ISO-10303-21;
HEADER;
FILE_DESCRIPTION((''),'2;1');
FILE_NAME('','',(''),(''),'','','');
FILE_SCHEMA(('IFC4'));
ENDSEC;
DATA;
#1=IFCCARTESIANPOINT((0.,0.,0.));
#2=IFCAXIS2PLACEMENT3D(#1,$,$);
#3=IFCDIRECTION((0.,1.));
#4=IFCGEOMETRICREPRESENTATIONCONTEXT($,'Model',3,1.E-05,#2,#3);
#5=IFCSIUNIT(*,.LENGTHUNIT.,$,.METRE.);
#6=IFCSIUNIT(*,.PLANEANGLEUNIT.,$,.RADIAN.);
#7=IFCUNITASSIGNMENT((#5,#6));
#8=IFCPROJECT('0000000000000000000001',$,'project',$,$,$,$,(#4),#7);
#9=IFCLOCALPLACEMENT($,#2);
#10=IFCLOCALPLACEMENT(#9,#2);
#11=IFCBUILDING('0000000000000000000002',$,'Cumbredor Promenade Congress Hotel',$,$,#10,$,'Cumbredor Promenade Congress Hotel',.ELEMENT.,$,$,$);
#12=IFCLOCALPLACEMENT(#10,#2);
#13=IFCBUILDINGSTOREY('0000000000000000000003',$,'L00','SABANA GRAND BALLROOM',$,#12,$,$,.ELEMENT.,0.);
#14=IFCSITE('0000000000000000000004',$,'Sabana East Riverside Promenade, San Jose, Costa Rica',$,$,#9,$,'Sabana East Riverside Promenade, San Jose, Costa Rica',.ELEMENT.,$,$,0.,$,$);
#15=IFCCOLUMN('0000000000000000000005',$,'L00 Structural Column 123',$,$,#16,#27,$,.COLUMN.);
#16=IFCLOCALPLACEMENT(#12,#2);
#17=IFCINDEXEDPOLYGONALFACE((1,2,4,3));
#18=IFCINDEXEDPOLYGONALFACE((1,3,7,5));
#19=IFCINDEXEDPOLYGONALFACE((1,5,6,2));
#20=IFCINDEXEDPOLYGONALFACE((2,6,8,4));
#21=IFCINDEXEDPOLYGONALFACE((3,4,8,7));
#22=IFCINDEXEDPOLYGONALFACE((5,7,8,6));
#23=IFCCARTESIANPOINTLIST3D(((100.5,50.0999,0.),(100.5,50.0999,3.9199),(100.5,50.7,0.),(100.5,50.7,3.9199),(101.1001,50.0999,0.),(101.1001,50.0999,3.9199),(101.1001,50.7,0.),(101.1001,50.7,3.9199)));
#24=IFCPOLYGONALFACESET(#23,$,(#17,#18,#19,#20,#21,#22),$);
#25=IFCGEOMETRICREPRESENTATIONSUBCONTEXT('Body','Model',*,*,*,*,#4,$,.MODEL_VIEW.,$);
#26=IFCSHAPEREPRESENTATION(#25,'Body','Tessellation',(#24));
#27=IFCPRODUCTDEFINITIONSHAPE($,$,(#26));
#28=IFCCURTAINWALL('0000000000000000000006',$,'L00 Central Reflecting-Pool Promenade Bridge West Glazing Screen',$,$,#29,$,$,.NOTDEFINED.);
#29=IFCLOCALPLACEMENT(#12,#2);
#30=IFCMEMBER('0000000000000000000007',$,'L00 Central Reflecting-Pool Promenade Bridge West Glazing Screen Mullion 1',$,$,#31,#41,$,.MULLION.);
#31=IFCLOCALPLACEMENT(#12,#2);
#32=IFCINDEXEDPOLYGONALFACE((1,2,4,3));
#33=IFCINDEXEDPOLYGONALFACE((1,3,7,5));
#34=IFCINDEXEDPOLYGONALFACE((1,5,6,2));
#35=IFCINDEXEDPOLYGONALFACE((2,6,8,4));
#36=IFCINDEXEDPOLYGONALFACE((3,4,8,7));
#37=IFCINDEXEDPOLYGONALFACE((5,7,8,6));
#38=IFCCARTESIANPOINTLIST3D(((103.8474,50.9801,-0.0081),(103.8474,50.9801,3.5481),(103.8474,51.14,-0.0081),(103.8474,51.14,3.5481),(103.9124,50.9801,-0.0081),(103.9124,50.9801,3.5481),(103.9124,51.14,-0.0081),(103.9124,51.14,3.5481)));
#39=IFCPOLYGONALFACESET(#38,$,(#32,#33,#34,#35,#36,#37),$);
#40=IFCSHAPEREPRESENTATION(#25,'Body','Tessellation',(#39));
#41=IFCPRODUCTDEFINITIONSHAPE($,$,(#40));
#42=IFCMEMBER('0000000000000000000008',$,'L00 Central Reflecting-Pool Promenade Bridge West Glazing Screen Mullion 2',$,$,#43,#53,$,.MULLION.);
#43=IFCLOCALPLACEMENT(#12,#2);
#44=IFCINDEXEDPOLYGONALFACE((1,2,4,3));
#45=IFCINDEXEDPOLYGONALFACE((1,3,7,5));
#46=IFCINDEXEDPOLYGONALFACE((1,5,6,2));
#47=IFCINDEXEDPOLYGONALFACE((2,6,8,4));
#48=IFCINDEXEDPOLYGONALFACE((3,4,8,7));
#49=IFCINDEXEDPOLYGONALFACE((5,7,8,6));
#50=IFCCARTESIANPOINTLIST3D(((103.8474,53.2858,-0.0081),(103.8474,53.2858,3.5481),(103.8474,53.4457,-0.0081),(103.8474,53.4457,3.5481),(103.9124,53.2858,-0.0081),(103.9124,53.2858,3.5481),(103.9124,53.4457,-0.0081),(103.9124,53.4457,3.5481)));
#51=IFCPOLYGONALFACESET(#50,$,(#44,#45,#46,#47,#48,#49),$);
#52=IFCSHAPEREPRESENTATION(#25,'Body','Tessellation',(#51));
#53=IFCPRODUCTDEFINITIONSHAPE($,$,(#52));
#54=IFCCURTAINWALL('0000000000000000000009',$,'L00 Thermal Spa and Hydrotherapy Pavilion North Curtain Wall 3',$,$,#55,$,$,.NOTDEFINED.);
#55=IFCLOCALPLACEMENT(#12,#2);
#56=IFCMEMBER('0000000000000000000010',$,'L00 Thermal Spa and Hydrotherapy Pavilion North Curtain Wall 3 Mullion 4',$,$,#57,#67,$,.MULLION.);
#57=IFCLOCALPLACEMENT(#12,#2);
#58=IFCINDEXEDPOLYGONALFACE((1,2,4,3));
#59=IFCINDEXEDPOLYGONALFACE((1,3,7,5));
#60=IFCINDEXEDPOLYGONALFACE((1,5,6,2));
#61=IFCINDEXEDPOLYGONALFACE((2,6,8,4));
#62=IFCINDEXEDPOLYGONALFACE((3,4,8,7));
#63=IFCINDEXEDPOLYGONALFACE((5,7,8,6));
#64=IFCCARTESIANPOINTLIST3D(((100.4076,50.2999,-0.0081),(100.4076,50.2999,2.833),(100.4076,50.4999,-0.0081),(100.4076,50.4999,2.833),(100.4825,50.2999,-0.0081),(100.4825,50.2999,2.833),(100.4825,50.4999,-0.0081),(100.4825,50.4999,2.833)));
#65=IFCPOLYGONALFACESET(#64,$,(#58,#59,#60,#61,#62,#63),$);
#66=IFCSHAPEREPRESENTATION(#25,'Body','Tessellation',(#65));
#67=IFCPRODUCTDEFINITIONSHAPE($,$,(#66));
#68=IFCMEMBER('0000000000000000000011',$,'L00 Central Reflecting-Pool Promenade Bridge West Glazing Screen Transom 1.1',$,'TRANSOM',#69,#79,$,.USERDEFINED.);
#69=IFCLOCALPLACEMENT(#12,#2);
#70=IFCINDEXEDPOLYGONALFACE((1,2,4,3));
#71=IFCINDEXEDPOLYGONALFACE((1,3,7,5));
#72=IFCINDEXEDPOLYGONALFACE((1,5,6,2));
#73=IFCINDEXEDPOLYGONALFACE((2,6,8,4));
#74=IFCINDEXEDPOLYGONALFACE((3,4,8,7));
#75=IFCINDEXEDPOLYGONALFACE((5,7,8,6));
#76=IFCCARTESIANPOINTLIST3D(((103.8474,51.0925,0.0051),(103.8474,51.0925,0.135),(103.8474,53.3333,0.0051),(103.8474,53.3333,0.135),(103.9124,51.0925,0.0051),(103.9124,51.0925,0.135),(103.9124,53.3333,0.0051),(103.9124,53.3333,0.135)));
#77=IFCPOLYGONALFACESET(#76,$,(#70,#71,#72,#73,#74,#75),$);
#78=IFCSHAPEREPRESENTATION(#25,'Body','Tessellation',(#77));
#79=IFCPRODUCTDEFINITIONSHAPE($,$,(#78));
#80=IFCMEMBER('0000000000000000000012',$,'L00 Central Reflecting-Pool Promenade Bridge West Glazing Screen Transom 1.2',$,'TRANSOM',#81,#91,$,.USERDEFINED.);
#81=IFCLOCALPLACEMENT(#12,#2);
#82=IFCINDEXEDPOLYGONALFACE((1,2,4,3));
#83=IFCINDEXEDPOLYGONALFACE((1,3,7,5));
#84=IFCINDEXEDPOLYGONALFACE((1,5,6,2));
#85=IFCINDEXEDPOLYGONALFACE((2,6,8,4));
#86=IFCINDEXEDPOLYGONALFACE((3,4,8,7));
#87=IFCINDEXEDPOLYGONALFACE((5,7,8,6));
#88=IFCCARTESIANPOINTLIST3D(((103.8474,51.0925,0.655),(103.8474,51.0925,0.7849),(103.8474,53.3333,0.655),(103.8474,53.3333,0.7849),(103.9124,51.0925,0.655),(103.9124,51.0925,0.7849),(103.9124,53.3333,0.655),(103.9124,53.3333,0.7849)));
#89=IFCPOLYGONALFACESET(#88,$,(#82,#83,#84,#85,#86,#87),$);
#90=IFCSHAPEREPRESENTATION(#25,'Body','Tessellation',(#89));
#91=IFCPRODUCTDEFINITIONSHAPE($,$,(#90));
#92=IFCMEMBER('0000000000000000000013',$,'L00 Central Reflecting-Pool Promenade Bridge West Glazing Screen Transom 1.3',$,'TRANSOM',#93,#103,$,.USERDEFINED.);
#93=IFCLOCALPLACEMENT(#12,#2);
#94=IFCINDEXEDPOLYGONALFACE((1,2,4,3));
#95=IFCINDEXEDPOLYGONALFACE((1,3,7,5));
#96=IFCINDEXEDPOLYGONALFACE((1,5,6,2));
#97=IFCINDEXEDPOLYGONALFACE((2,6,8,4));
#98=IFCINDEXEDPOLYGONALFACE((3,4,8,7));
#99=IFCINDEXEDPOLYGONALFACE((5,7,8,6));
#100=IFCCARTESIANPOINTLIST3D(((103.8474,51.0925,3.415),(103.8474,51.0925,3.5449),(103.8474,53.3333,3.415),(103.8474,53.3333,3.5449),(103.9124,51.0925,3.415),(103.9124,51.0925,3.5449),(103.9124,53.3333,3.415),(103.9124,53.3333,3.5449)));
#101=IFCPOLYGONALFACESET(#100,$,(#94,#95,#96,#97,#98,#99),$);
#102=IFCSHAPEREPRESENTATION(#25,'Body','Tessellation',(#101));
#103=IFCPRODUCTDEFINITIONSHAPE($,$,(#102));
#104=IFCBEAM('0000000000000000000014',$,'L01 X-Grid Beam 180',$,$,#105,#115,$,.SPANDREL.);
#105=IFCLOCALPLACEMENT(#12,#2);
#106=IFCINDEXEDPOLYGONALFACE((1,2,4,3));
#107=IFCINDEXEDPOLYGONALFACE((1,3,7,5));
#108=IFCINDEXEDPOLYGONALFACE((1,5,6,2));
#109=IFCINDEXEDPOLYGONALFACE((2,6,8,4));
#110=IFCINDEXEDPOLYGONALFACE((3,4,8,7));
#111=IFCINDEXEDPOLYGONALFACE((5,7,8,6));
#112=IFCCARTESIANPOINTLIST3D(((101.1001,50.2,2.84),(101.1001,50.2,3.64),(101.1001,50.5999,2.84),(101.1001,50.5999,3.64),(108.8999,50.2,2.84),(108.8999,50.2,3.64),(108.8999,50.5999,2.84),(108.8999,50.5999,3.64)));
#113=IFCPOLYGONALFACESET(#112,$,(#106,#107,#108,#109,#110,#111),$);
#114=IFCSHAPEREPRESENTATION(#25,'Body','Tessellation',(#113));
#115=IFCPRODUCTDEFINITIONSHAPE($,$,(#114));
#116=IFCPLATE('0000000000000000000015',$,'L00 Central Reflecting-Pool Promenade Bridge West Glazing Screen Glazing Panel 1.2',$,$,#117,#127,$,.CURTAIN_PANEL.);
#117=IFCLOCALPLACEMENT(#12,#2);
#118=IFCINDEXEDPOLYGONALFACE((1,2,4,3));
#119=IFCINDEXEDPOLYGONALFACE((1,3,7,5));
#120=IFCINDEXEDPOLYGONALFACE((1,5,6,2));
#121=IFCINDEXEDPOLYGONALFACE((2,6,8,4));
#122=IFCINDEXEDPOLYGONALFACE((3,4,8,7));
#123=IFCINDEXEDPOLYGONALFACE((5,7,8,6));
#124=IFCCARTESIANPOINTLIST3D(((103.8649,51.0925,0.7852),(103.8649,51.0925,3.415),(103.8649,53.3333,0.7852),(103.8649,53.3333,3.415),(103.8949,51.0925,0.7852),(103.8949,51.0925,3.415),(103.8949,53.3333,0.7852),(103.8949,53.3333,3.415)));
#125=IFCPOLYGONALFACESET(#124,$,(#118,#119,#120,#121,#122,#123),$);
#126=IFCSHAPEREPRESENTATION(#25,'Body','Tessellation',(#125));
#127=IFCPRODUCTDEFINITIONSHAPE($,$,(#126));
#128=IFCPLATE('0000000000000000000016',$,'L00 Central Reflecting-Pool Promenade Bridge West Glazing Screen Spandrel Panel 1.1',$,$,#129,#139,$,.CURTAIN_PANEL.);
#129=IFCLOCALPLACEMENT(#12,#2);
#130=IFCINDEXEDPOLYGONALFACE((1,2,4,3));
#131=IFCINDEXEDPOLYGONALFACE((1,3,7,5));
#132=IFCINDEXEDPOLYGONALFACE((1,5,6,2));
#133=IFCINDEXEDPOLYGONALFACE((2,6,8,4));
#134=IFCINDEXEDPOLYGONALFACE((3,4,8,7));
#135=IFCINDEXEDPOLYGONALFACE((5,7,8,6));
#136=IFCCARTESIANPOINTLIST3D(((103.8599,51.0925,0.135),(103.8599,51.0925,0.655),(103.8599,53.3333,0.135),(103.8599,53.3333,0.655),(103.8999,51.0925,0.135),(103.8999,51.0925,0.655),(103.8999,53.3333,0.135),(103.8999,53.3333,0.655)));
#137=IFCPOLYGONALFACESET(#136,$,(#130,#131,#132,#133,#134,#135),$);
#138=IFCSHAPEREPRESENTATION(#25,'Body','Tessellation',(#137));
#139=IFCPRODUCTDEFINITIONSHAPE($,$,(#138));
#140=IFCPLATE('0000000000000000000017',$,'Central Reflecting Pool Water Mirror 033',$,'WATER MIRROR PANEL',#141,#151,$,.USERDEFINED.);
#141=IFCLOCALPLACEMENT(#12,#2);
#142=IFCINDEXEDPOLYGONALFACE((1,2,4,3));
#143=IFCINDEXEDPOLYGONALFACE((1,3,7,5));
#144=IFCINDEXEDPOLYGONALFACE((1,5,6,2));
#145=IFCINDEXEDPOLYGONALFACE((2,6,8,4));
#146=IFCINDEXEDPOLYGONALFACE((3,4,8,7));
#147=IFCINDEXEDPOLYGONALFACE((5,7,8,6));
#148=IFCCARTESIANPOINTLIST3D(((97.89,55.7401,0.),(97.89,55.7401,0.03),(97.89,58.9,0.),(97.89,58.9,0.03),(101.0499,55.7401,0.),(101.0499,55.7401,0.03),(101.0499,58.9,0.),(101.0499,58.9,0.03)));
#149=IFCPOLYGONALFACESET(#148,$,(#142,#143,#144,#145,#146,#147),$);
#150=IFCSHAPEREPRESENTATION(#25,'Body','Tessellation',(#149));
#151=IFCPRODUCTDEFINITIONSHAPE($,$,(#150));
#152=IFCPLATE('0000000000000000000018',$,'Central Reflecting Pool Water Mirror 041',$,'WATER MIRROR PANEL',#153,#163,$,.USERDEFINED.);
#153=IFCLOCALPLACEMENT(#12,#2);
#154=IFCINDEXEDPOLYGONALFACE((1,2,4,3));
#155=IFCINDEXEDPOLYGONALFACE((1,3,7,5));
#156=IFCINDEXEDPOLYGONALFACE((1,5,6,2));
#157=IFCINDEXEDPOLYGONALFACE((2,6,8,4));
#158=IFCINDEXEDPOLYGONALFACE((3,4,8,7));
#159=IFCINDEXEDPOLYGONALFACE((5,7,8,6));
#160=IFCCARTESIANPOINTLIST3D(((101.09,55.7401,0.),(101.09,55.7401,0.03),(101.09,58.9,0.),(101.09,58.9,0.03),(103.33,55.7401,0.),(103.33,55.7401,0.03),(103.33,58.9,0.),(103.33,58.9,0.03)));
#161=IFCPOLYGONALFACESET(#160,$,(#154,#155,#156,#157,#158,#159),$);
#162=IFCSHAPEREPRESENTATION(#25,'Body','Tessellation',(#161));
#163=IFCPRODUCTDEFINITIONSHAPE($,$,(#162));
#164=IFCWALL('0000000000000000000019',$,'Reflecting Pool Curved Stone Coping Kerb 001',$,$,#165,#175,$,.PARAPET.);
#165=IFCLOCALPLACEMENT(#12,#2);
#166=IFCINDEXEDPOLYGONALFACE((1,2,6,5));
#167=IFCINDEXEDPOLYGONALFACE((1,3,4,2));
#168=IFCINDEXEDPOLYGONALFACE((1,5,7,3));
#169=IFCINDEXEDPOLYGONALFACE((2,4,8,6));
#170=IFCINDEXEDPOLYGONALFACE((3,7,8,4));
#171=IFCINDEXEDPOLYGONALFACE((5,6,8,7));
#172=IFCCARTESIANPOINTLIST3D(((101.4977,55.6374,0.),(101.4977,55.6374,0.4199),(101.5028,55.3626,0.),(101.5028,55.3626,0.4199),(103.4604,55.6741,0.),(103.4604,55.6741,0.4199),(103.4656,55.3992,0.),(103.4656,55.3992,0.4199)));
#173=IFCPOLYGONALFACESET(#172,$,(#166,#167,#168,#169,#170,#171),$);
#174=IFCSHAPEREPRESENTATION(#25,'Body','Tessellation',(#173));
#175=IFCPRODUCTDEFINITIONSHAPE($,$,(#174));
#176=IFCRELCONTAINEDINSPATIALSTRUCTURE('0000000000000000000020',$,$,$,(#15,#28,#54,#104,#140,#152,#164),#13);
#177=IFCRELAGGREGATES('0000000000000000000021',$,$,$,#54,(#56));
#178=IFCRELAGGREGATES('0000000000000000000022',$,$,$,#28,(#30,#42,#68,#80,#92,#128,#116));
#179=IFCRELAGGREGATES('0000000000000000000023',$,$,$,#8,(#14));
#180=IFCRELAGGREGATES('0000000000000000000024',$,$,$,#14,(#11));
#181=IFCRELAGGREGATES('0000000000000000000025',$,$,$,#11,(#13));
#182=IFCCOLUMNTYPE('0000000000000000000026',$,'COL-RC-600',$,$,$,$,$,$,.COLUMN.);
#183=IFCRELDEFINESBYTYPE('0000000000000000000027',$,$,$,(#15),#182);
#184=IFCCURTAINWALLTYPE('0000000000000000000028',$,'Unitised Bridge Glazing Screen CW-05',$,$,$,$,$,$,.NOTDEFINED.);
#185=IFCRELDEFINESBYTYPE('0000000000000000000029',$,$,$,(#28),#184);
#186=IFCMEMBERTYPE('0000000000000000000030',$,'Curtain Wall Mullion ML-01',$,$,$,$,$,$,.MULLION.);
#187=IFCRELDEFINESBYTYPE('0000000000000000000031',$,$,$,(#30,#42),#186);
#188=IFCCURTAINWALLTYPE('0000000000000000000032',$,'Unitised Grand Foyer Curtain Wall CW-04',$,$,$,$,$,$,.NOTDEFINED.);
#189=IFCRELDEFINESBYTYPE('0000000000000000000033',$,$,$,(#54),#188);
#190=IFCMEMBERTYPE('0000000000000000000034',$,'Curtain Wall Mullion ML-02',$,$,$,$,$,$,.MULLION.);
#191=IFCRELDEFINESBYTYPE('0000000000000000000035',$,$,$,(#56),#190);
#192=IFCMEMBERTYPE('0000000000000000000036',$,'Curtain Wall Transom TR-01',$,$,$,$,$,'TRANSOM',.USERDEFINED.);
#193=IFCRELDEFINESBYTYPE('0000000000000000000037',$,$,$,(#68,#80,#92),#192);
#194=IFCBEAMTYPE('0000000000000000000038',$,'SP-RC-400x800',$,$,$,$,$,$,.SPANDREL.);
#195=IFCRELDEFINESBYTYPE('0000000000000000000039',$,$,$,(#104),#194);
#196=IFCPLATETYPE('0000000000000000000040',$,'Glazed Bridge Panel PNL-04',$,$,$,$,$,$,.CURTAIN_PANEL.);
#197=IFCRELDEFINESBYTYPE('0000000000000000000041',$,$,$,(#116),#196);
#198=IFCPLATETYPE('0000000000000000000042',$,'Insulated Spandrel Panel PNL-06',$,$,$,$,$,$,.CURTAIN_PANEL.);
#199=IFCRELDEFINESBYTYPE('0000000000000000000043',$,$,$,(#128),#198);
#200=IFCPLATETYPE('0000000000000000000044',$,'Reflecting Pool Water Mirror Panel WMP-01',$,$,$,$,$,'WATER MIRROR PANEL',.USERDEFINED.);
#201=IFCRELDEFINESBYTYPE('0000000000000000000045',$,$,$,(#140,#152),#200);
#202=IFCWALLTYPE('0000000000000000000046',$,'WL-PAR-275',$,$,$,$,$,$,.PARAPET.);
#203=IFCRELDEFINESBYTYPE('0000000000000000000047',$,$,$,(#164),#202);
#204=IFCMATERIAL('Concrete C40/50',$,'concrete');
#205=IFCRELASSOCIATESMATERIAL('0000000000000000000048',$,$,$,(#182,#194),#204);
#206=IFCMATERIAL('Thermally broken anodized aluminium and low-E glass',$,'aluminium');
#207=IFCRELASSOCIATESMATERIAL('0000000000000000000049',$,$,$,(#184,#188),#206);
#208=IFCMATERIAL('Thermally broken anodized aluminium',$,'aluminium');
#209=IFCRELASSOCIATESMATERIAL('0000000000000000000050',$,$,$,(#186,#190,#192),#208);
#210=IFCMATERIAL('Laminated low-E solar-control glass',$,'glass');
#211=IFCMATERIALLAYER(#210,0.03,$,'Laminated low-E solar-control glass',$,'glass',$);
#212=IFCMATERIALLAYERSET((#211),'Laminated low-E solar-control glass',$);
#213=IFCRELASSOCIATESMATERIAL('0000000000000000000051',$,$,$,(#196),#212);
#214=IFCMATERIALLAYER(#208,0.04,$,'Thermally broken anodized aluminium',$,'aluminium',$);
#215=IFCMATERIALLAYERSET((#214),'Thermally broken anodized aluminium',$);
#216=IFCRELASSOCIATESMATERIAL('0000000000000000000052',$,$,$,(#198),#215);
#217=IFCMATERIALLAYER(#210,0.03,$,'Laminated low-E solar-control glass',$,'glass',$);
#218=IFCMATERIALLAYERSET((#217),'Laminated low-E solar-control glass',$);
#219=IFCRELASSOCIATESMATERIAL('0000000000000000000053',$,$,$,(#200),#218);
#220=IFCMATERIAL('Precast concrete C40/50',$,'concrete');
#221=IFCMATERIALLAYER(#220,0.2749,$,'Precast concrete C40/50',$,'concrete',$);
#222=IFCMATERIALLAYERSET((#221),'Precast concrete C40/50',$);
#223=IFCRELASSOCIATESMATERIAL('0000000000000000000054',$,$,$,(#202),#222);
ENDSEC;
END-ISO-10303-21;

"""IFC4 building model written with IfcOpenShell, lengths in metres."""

from ifc_helpers import new_model, si_unit, direction, frame, frame_2d, origin, origin_2d, place, context, subcontext, project, spatial, rectangle, extrude, material, layer, layer_set, material_profile, profile_set, type_object, element, aggregate, save


model = new_model("IFC4")

# Units and contexts
model_context = context("Model", 3, precision=1e-05, world=origin(), true_north=direction((0.0, 1.0)))
body_context = subcontext(model_context, "Body", "Model", "MODEL_VIEW")
ifc_project = project(units=[si_unit("LENGTHUNIT", "METRE"), si_unit("PLANEANGLEUNIT", "RADIAN")], contexts=[model_context])

# Site, building, storey
site_placement = place(None, origin())
site = spatial("IfcSite", under=ifc_project, at=site_placement, Name="Sabana East Riverside Promenade, San Jose, Costa Rica", LongName="Sabana East Riverside Promenade, San Jose, Costa Rica", CompositionType="ELEMENT", RefElevation=0.0)
building_placement = place(site_placement, origin())
building = spatial("IfcBuilding", under=site, at=building_placement, Name="Cumbredor Promenade Congress Hotel", LongName="Cumbredor Promenade Congress Hotel", CompositionType="ELEMENT")
storey_placement = place(building_placement, origin())
storey = spatial("IfcBuildingStorey", under=building, at=storey_placement, Name="L00", Description="SABANA GRAND BALLROOM", CompositionType="ELEMENT", Elevation=0.0)

# Column
ifc_material_1 = material(Name="Concrete C40/50", Category="concrete")
ifc_material_profile_1 = material_profile(ifc_material_1, rectangle(XDim=0.6001, YDim=0.6001, at=origin_2d()), Name="RC 600x600")
ifc_profile_set_1 = profile_set([ifc_material_profile_1], Name="Concrete C40/50")
column_type = type_object("IfcColumnType", Name="COL-RC-600", PredefinedType="COLUMN", material=ifc_profile_set_1)
column_placement = place(storey_placement, frame((100.8, 50.3999, 0.0), z_axis=(0.0, 0.0, 1.0), x_axis=(1.0, 0.0, 0.0)))
element("IfcColumn", 1, at=column_placement, inside=storey, type_object=column_type, Name="L00 Structural Column 123", PredefinedType="COLUMN", context=body_context, shape_type="SweptSolid", body=[
    extrude(rectangle(XDim=0.6001, YDim=0.6001, at=origin_2d()), origin(), (0.0, 0.0, 1.0), 3.9199),
])

# Curtain wall, members
ifc_material_2 = material(Name="Thermally broken anodized aluminium and low-E glass", Category="aluminium")
curtain_wall_type_1 = type_object("IfcCurtainWallType", Name="Unitised Bridge Glazing Screen CW-05", PredefinedType="NOTDEFINED", material=ifc_material_2)
curtain_wall_1_placement = place(storey_placement, origin())
curtain_wall_1 = element("IfcCurtainWall", 2, at=curtain_wall_1_placement, inside=storey, type_object=curtain_wall_type_1, Name="L00 Central Reflecting-Pool Promenade Bridge West Glazing Screen", PredefinedType="NOTDEFINED")
ifc_material_3 = material(Name="Thermally broken anodized aluminium", Category="aluminium")
ifc_material_profile_2 = material_profile(ifc_material_3, rectangle(XDim=0.0649, YDim=0.1599, at=origin_2d()), Name="ALU MULLION 65x160")
ifc_profile_set_2 = profile_set([ifc_material_profile_2], Name="Thermally broken anodized aluminium")
member_type_1 = type_object("IfcMemberType", Name="Curtain Wall Mullion ML-01", PredefinedType="MULLION", material=ifc_profile_set_2)
member_1_placement = place(storey_placement, frame((103.8799, 51.0601, -0.0081), z_axis=(0.0, 0.0, 1.0), x_axis=(1.0, 0.0, 0.0)))
member_1 = element("IfcMember", 3, at=member_1_placement, type_object=member_type_1, Name="L00 Central Reflecting-Pool Promenade Bridge West Glazing Screen Mullion 1", PredefinedType="MULLION", context=body_context, shape_type="SweptSolid", body=[
    extrude(rectangle(XDim=0.0649, YDim=0.1599, at=origin_2d()), origin(), (0.0, 0.0, 1.0), 3.5562),
])
member_2_placement = place(storey_placement, frame((103.8799, 53.3657, -0.0081), z_axis=(0.0, 0.0, 1.0), x_axis=(1.0, 0.0, 0.0)))
member_2 = element("IfcMember", 4, at=member_2_placement, type_object=member_type_1, Name="L00 Central Reflecting-Pool Promenade Bridge West Glazing Screen Mullion 2", PredefinedType="MULLION", context=body_context, shape_type="SweptSolid", body=[
    extrude(rectangle(XDim=0.0649, YDim=0.1599, at=origin_2d()), origin(), (0.0, 0.0, 1.0), 3.5562),
])

# Curtain wall, member
curtain_wall_type_2 = type_object("IfcCurtainWallType", Name="Unitised Grand Foyer Curtain Wall CW-04", PredefinedType="NOTDEFINED", material=ifc_material_2)
curtain_wall_2_placement = place(storey_placement, origin())
curtain_wall_2 = element("IfcCurtainWall", 5, at=curtain_wall_2_placement, inside=storey, type_object=curtain_wall_type_2, Name="L00 Thermal Spa and Hydrotherapy Pavilion North Curtain Wall 3", PredefinedType="NOTDEFINED")
ifc_material_profile_3 = material_profile(ifc_material_3, rectangle(XDim=0.075, YDim=0.2, at=origin_2d()), Name="ALU MULLION 75x200")
ifc_profile_set_3 = profile_set([ifc_material_profile_3], Name="Thermally broken anodized aluminium")
member_type_2 = type_object("IfcMemberType", Name="Curtain Wall Mullion ML-02", PredefinedType="MULLION", material=ifc_profile_set_3)
member_3_placement = place(storey_placement, frame((100.4451, 50.3999, -0.0081), z_axis=(0.0, 0.0, 1.0), x_axis=(1.0, 0.0, 0.0)))
member_3 = element("IfcMember", 6, at=member_3_placement, type_object=member_type_2, Name="L00 Thermal Spa and Hydrotherapy Pavilion North Curtain Wall 3 Mullion 4", PredefinedType="MULLION", context=body_context, shape_type="SweptSolid", body=[
    extrude(rectangle(XDim=0.075, YDim=0.2, at=origin_2d()), origin(), (0.0, 0.0, 1.0), 2.8411),
])
aggregate(curtain_wall_2, [member_3])

# Members
ifc_material_profile_4 = material_profile(ifc_material_3, rectangle(XDim=0.0649, YDim=0.1299, at=origin_2d()), Name="ALU TRANSOM 65x130")
ifc_profile_set_4 = profile_set([ifc_material_profile_4], Name="Thermally broken anodized aluminium")
member_type_3 = type_object("IfcMemberType", Name="Curtain Wall Transom TR-01", ElementType="TRANSOM", PredefinedType="USERDEFINED", material=ifc_profile_set_4)
member_4_placement = place(storey_placement, frame((103.8799, 51.0925, 0.0701), z_axis=(0.0, 1.0, 0.0), x_axis=(-1.0, 0.0, 0.0)))
member_4 = element("IfcMember", 7, at=member_4_placement, type_object=member_type_3, Name="L00 Central Reflecting-Pool Promenade Bridge West Glazing Screen Transom 1.1", ObjectType="TRANSOM", PredefinedType="USERDEFINED", context=body_context, shape_type="SweptSolid", body=[
    extrude(rectangle(XDim=0.0649, YDim=0.1299, at=origin_2d()), origin(), (0.0, 0.0, 1.0), 2.2407),
])
member_5_placement = place(storey_placement, frame((103.8799, 51.0925, 0.72), z_axis=(0.0, 1.0, 0.0), x_axis=(-1.0, 0.0, 0.0)))
member_5 = element("IfcMember", 8, at=member_5_placement, type_object=member_type_3, Name="L00 Central Reflecting-Pool Promenade Bridge West Glazing Screen Transom 1.2", ObjectType="TRANSOM", PredefinedType="USERDEFINED", context=body_context, shape_type="SweptSolid", body=[
    extrude(rectangle(XDim=0.0649, YDim=0.1299, at=origin_2d()), origin(), (0.0, 0.0, 1.0), 2.2407),
])
member_6_placement = place(storey_placement, frame((103.8799, 51.0925, 3.48), z_axis=(0.0, 1.0, 0.0), x_axis=(-1.0, 0.0, 0.0)))
member_6 = element("IfcMember", 9, at=member_6_placement, type_object=member_type_3, Name="L00 Central Reflecting-Pool Promenade Bridge West Glazing Screen Transom 1.3", ObjectType="TRANSOM", PredefinedType="USERDEFINED", context=body_context, shape_type="SweptSolid", body=[
    extrude(rectangle(XDim=0.0649, YDim=0.1299, at=origin_2d()), origin(), (0.0, 0.0, 1.0), 2.2407),
])

# Beam
ifc_material_profile_5 = material_profile(ifc_material_1, rectangle(XDim=0.3999, YDim=0.8, at=origin_2d()), Name="RC SPANDREL 400x800")
ifc_profile_set_5 = profile_set([ifc_material_profile_5], Name="Concrete C40/50")
beam_type = type_object("IfcBeamType", Name="SP-RC-400x800", PredefinedType="SPANDREL", material=ifc_profile_set_5)
beam_placement = place(storey_placement, frame((101.1001, 50.3999, 3.24), z_axis=(1.0, 0.0, 0.0), x_axis=(0.0, 1.0, 0.0)))
element("IfcBeam", 10, at=beam_placement, inside=storey, type_object=beam_type, Name="L01 X-Grid Beam 180", PredefinedType="SPANDREL", context=body_context, shape_type="SweptSolid", body=[
    extrude(rectangle(XDim=0.3999, YDim=0.8, at=origin_2d()), origin(), (0.0, 0.0, 1.0), 7.7998),
])

# Plates
ifc_material_4 = material(Name="Laminated low-E solar-control glass", Category="glass")
ifc_layer_1 = layer(ifc_material_4, 0.03, Name="Laminated low-E solar-control glass", Category="glass")
ifc_layer_set_1 = layer_set([ifc_layer_1], Name="Laminated low-E solar-control glass")
plate_type_1 = type_object("IfcPlateType", Name="Glazed Bridge Panel PNL-04", PredefinedType="CURTAIN_PANEL", material=ifc_layer_set_1)
plate_1_placement = place(storey_placement, frame((103.8799, 52.2129, 0.7852), z_axis=(0.0, 0.0, 1.0), x_axis=(0.0, 1.0, 0.0)))
plate_1 = element("IfcPlate", 11, at=plate_1_placement, type_object=plate_type_1, Name="L00 Central Reflecting-Pool Promenade Bridge West Glazing Screen Glazing Panel 1.2", PredefinedType="CURTAIN_PANEL", context=body_context, shape_type="SweptSolid", body=[
    extrude(rectangle(XDim=2.2407, YDim=0.03, at=origin_2d()), origin(), (0.0, 0.0, 1.0), 2.6299),
])
ifc_layer_2 = layer(ifc_material_3, 0.04, Name="Thermally broken anodized aluminium", Category="aluminium")
ifc_layer_set_2 = layer_set([ifc_layer_2], Name="Thermally broken anodized aluminium")
plate_type_2 = type_object("IfcPlateType", Name="Insulated Spandrel Panel PNL-06", PredefinedType="CURTAIN_PANEL", material=ifc_layer_set_2)
plate_2_placement = place(storey_placement, frame((103.8799, 52.2129, 0.135), z_axis=(0.0, 0.0, 1.0), x_axis=(0.0, 1.0, 0.0)))
plate_2 = element("IfcPlate", 12, at=plate_2_placement, type_object=plate_type_2, Name="L00 Central Reflecting-Pool Promenade Bridge West Glazing Screen Spandrel Panel 1.1", PredefinedType="CURTAIN_PANEL", context=body_context, shape_type="SweptSolid", body=[
    extrude(rectangle(XDim=2.2407, YDim=0.04, at=origin_2d()), origin(), (0.0, 0.0, 1.0), 0.52),
])
aggregate(curtain_wall_1, [member_1, member_2, member_4, member_5, member_6, plate_2, plate_1])

# Plates
ifc_layer_3 = layer(ifc_material_4, 0.03, Name="Laminated low-E solar-control glass", Category="glass")
ifc_layer_set_3 = layer_set([ifc_layer_3], Name="Laminated low-E solar-control glass")
plate_type_3 = type_object("IfcPlateType", Name="Reflecting Pool Water Mirror Panel WMP-01", ElementType="WATER MIRROR PANEL", PredefinedType="USERDEFINED", material=ifc_layer_set_3)
plate_3_placement = place(storey_placement, frame((99.47, 57.3201, 0.0), z_axis=(0.0, 0.0, 1.0), x_axis=(1.0, 0.0, 0.0)))
element("IfcPlate", 13, at=plate_3_placement, inside=storey, type_object=plate_type_3, Name="Central Reflecting Pool Water Mirror 033", ObjectType="WATER MIRROR PANEL", PredefinedType="USERDEFINED", context=body_context, shape_type="SweptSolid", body=[
    extrude(rectangle(XDim=3.1599, YDim=3.1599, at=origin_2d()), origin(), (0.0, 0.0, 1.0), 0.03),
])
plate_4_placement = place(storey_placement, frame((102.21, 57.3201, 0.0), z_axis=(0.0, 0.0, 1.0), x_axis=(1.0, 0.0, 0.0)))
element("IfcPlate", 14, at=plate_4_placement, inside=storey, type_object=plate_type_3, Name="Central Reflecting Pool Water Mirror 041", ObjectType="WATER MIRROR PANEL", PredefinedType="USERDEFINED", context=body_context, shape_type="SweptSolid", body=[
    extrude(rectangle(XDim=2.24, YDim=3.1599, at=origin_2d()), origin(), (0.0, 0.0, 1.0), 0.03),
])

# Wall
ifc_material_5 = material(Name="Precast concrete C40/50", Category="concrete")
ifc_layer_4 = layer(ifc_material_5, 0.2749, Name="Precast concrete C40/50", Category="concrete")
ifc_layer_set_4 = layer_set([ifc_layer_4], Name="Precast concrete C40/50")
wall_type = type_object("IfcWallType", Name="WL-PAR-275", PredefinedType="PARAPET", material=ifc_layer_set_4)
for number, where, z_axis, x_axis, name in (
    (15, (103.4629, 55.5366, 0.0), (0.0, 0.0, 1.0), (-0.999826, -0.018653, 0.0), "Reflecting Pool Curved Stone Coping Kerb 001"),
):
    element("IfcWall", number, at=place(storey_placement, frame(where, z_axis=z_axis, x_axis=x_axis)), inside=storey, type_object=wall_type, Name=name, PredefinedType="PARAPET", context=body_context, shape_type="SweptSolid", body=[
        extrude(rectangle(XDim=1.9631, YDim=0.2749, at=frame_2d((0.9814, 0.0))), origin(), (0.0, 0.0, 1.0), 0.4199),
    ])

save(model, "model.ifc")
